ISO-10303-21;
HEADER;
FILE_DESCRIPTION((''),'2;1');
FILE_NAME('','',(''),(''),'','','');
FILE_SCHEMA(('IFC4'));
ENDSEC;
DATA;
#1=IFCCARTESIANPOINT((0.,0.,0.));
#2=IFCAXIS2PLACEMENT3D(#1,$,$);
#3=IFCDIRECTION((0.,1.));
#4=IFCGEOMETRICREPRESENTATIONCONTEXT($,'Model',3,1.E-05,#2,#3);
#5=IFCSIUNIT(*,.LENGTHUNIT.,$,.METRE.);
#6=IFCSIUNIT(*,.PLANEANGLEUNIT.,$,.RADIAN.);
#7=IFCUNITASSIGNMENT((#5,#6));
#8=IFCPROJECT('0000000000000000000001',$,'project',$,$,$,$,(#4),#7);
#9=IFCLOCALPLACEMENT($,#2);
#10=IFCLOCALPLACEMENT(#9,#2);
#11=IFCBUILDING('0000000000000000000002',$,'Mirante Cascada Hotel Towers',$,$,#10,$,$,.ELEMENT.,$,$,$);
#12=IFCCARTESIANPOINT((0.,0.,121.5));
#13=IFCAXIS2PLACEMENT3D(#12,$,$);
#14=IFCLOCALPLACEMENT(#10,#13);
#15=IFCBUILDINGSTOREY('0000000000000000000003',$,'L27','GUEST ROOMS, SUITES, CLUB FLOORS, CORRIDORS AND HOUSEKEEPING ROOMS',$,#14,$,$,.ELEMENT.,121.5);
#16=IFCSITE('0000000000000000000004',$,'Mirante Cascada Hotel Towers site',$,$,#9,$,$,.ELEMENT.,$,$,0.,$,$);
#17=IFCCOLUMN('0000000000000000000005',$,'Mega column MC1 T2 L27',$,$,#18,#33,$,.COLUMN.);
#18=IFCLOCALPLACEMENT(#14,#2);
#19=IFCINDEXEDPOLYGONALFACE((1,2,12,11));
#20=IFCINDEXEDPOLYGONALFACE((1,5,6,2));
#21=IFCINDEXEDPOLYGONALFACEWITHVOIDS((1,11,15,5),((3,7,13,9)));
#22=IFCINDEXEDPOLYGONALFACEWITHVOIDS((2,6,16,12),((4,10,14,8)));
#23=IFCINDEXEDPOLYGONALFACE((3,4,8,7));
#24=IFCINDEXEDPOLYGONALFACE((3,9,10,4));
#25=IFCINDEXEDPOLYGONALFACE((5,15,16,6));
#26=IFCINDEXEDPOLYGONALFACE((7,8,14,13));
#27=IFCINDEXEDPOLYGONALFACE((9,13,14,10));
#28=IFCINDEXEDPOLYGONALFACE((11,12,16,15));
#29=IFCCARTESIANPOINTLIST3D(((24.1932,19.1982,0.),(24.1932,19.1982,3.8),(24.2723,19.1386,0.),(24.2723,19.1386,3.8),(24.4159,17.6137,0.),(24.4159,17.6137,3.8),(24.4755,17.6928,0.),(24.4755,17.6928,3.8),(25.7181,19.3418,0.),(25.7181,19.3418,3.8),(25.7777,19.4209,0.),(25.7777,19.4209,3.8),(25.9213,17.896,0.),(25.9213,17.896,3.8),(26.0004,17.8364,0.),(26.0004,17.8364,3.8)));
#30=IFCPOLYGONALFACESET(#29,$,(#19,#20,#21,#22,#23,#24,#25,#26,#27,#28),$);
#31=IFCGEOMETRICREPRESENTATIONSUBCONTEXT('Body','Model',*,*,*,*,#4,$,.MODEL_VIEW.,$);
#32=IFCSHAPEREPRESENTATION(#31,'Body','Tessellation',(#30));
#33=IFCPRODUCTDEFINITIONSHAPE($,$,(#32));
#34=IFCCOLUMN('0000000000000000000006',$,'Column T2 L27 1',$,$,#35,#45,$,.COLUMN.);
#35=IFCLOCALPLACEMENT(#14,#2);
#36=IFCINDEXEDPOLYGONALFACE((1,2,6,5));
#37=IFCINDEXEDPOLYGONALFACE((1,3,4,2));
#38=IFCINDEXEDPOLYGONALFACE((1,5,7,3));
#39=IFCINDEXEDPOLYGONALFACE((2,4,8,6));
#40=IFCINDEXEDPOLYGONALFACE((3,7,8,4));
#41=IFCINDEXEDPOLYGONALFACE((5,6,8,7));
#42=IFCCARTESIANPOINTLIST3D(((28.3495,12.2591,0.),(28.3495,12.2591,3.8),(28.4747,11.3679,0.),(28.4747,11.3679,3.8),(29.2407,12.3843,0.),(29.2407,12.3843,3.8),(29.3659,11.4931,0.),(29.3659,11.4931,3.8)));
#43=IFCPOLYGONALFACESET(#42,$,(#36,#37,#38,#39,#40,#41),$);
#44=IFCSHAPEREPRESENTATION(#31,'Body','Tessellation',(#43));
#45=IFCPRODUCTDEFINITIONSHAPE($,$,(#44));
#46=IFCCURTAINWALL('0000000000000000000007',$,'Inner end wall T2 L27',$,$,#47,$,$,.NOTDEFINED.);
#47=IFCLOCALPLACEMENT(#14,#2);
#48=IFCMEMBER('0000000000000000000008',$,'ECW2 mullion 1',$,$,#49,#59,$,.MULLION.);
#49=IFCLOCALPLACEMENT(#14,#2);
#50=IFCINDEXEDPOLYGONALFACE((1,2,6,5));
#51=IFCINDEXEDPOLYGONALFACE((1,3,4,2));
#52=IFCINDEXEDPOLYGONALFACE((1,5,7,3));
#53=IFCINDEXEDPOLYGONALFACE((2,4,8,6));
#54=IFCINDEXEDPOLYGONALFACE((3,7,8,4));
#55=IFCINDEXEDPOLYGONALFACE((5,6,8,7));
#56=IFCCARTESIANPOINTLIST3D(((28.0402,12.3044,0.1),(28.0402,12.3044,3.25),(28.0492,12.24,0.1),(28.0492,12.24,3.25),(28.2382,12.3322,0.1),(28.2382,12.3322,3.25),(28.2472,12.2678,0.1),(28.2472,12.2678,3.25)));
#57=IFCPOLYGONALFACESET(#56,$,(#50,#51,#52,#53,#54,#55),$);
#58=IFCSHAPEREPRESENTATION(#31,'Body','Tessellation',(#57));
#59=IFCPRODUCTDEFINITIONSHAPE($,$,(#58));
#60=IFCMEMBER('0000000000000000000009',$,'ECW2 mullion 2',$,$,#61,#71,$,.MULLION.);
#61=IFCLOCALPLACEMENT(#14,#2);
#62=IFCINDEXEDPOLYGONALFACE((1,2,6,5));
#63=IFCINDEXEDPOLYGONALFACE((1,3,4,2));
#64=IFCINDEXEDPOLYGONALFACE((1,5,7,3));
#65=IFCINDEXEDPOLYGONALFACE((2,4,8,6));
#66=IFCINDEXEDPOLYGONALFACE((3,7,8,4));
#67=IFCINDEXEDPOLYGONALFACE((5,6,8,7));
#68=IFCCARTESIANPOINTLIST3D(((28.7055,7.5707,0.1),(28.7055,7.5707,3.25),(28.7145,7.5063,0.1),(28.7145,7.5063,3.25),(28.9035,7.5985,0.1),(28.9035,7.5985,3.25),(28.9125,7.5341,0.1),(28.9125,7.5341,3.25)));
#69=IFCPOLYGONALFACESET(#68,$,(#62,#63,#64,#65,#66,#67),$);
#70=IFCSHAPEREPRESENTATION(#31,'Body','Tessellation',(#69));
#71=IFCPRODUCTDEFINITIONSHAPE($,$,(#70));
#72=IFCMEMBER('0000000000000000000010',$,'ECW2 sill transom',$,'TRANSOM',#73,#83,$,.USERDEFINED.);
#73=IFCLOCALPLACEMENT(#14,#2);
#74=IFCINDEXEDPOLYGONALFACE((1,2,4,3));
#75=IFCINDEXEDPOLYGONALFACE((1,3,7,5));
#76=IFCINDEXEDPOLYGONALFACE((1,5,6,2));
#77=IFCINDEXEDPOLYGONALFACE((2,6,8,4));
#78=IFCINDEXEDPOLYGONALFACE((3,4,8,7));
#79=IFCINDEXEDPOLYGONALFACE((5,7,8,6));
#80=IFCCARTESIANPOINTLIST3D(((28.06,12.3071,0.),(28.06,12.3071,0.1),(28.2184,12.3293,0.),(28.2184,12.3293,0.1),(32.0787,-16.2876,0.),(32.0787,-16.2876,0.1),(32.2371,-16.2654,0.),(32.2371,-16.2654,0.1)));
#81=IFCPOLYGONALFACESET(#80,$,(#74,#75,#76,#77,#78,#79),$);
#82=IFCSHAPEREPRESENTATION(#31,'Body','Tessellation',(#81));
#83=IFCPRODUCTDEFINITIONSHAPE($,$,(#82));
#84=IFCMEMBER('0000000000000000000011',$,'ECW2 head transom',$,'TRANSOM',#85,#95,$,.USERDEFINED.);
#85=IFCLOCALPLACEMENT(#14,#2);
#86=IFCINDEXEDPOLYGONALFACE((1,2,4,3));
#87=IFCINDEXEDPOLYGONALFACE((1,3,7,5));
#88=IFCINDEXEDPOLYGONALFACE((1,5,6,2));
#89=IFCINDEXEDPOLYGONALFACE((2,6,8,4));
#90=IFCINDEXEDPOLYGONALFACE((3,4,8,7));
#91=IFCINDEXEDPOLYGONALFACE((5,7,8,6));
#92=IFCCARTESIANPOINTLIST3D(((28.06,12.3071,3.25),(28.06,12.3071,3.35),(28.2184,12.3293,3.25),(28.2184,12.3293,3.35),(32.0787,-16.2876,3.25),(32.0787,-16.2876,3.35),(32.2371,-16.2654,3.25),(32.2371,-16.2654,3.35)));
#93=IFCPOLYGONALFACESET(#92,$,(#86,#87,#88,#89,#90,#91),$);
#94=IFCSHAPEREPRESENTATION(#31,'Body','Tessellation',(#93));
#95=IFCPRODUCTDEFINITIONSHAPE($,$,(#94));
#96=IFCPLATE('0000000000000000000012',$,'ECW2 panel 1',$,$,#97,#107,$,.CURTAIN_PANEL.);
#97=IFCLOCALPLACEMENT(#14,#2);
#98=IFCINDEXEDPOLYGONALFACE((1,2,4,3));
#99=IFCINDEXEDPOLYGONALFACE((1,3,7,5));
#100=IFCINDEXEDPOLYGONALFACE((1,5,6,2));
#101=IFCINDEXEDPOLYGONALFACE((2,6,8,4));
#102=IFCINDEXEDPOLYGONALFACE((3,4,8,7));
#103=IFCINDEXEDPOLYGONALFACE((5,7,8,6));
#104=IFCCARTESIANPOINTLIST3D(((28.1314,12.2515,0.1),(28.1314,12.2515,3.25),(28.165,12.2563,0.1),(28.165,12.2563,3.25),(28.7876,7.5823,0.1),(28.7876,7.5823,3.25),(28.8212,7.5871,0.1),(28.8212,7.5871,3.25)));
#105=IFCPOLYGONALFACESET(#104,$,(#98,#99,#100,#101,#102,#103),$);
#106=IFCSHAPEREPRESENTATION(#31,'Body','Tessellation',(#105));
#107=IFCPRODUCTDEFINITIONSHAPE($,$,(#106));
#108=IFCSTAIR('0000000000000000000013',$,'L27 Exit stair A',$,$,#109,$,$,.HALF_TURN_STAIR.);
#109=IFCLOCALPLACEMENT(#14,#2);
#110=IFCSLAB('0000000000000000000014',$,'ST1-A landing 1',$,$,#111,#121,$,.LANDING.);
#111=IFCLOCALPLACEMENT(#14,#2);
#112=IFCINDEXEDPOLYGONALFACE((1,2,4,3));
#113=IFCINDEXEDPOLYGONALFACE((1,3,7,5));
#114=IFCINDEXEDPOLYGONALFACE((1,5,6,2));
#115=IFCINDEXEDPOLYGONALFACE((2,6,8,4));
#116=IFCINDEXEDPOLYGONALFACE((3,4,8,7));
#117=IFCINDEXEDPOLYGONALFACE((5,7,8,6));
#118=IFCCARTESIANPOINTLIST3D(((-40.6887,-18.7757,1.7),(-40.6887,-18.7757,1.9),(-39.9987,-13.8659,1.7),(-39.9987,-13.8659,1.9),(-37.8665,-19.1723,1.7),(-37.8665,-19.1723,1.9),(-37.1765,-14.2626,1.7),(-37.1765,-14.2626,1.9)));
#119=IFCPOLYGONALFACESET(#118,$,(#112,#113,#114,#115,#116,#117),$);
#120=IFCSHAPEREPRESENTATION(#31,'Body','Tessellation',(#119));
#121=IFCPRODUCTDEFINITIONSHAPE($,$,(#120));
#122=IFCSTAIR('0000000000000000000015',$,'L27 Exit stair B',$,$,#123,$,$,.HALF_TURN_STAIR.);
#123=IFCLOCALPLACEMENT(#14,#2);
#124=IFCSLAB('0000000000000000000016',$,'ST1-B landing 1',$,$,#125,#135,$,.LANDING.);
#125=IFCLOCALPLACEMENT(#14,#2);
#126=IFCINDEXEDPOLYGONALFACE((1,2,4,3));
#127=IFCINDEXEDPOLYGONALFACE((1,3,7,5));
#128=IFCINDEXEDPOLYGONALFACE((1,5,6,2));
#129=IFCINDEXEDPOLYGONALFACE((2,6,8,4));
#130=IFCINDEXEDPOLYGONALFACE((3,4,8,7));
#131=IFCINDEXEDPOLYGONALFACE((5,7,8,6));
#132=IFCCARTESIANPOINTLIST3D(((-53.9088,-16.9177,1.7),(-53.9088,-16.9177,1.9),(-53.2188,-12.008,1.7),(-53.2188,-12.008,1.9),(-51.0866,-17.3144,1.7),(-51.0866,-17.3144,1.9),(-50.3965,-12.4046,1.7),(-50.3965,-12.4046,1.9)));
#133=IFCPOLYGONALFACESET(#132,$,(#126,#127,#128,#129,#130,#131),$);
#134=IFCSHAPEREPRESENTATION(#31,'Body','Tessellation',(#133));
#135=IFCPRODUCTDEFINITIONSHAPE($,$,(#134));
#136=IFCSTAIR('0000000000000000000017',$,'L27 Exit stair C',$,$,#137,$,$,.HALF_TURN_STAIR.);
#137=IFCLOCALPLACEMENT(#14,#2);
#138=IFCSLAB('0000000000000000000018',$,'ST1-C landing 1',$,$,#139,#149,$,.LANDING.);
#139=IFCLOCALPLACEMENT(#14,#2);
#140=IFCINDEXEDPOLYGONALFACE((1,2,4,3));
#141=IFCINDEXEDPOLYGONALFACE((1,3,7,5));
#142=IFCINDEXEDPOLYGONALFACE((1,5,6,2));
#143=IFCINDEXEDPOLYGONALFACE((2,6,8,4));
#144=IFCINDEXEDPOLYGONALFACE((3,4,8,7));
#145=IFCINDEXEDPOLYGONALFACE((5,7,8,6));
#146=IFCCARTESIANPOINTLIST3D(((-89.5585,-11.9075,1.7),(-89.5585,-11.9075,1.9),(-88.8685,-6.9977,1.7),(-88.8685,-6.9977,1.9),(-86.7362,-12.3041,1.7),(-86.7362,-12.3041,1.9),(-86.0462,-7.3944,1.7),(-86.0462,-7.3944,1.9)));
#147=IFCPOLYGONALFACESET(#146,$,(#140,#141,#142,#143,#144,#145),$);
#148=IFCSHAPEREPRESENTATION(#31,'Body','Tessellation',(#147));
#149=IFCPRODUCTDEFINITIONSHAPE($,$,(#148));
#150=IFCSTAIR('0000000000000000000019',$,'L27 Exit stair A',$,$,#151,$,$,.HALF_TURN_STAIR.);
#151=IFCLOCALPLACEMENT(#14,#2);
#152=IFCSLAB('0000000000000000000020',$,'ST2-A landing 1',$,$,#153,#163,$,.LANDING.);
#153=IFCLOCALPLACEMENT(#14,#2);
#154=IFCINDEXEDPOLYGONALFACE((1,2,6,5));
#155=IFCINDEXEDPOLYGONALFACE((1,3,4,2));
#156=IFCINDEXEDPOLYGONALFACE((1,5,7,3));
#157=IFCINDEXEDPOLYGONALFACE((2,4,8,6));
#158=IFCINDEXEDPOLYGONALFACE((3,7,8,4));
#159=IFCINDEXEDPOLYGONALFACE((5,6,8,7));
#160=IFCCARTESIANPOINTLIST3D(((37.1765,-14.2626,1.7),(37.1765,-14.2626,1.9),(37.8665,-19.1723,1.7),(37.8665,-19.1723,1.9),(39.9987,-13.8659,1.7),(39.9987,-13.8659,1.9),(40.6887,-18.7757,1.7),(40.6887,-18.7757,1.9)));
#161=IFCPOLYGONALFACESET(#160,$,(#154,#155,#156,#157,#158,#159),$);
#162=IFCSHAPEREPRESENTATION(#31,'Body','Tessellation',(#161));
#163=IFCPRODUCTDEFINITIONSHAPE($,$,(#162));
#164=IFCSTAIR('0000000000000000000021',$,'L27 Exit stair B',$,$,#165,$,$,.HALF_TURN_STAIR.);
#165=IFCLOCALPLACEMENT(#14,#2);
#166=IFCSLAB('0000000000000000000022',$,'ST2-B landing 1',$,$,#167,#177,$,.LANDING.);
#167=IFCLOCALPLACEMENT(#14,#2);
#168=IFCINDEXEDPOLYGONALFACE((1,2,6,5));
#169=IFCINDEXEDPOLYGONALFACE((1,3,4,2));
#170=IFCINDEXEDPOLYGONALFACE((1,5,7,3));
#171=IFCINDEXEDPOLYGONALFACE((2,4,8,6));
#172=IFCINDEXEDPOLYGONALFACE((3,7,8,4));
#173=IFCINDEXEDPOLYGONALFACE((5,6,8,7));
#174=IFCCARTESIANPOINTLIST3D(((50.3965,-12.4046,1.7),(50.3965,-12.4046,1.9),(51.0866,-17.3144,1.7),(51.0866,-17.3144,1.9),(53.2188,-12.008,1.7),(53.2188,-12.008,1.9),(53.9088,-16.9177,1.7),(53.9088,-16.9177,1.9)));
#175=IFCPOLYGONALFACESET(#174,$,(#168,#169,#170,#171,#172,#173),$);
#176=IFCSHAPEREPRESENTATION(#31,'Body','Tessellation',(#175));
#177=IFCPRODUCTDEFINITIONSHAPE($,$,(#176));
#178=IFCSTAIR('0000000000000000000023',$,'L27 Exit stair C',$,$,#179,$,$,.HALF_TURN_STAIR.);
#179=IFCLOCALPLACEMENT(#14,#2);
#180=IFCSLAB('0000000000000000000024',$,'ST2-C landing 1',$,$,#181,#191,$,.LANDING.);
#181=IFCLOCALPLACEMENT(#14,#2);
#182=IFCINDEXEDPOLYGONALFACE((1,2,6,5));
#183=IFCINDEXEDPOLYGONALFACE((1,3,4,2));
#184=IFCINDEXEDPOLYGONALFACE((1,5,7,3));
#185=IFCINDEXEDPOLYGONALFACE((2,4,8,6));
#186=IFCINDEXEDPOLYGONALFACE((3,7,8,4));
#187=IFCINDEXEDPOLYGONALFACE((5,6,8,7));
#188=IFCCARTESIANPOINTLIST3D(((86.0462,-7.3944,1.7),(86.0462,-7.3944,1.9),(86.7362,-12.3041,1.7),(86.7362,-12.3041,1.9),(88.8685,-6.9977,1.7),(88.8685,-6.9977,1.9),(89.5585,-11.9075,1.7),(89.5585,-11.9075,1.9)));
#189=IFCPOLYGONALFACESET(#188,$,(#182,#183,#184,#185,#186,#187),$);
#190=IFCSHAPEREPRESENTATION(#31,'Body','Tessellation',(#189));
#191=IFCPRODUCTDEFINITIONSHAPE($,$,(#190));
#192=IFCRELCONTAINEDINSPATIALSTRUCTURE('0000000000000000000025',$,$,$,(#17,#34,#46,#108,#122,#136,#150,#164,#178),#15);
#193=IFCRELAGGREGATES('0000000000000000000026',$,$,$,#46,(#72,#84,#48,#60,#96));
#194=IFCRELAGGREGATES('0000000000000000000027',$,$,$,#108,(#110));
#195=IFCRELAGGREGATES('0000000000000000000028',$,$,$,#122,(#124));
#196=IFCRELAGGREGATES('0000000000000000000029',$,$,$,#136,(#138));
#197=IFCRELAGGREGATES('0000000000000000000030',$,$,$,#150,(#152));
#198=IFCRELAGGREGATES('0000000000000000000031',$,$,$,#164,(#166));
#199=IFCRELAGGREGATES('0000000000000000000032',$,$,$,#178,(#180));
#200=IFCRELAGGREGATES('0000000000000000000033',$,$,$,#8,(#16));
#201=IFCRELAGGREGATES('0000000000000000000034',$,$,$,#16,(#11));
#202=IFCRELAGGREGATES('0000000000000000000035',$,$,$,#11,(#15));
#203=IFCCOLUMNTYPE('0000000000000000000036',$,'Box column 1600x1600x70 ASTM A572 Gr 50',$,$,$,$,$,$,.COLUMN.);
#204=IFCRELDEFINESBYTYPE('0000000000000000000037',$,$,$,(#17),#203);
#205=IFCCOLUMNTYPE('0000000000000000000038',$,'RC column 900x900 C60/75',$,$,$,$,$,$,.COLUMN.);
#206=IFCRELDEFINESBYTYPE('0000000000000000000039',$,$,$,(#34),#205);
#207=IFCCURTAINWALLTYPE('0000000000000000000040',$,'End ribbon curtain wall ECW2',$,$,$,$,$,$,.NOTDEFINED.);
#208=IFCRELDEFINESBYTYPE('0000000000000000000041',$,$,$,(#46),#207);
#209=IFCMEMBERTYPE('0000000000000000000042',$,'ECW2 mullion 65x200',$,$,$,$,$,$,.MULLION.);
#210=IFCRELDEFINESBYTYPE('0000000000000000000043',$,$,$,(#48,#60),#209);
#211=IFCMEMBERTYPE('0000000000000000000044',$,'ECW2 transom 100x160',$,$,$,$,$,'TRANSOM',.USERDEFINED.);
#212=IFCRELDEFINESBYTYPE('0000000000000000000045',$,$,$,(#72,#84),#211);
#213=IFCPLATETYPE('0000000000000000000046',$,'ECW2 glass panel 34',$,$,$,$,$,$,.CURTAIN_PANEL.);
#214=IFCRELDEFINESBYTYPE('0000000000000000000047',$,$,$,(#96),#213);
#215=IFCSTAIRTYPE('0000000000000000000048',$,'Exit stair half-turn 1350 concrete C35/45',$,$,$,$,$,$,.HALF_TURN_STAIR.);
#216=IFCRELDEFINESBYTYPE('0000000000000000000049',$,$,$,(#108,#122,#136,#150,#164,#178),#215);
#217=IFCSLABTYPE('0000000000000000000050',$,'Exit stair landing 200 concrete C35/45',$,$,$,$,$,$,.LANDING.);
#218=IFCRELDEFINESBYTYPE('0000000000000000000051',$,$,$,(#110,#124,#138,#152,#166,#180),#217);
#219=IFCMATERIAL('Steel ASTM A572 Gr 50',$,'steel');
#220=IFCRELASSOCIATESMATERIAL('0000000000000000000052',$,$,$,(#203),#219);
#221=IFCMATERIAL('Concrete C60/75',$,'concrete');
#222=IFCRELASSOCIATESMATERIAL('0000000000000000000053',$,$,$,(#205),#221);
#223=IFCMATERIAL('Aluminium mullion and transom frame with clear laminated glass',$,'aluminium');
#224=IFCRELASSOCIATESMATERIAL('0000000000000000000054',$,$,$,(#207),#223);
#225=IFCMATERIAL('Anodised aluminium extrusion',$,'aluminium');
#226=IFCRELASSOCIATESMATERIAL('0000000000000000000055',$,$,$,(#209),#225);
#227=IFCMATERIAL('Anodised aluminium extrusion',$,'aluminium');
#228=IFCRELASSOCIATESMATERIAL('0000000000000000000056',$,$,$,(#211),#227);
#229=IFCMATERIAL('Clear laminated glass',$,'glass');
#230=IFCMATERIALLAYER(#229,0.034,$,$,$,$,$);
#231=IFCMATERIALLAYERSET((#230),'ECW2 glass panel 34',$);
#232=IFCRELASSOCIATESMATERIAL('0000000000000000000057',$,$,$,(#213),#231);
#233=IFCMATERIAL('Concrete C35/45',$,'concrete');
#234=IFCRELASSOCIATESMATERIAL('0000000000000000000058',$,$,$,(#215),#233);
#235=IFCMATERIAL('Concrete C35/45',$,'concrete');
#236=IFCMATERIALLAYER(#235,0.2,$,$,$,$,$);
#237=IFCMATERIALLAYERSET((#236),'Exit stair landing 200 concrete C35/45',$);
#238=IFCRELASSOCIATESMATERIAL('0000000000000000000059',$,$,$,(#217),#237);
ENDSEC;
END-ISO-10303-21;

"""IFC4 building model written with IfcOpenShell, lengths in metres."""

from ifc_helpers import new_model, si_unit, direction, frame, origin, origin_2d, place, context, subcontext, project, spatial, polyline, rectangle, hollow_rectangle, outline, extrude, material, layer, layer_set, material_profile, profile_set, type_object, element, aggregate, save


model = new_model("IFC4")

# Units and contexts
model_context = context("Model", 3, precision=1e-05, world=origin(), true_north=direction((0.0, 1.0)))
body_context = subcontext(model_context, "Body", "Model", "MODEL_VIEW")
ifc_project = project(units=[si_unit("LENGTHUNIT", "METRE"), si_unit("PLANEANGLEUNIT", "RADIAN")], contexts=[model_context])

# Site, building, storey
site_placement = place(None, origin())
site = spatial("IfcSite", under=ifc_project, at=site_placement, Name="Mirante Cascada Hotel Towers site", CompositionType="ELEMENT", RefElevation=0.0)
building_placement = place(site_placement, origin())
building = spatial("IfcBuilding", under=site, at=building_placement, Name="Mirante Cascada Hotel Towers", CompositionType="ELEMENT")
storey_placement = place(building_placement, frame((0.0, 0.0, 121.5)))
storey = spatial("IfcBuildingStorey", under=building, at=storey_placement, Name="L27", Description="GUEST ROOMS, SUITES, CLUB FLOORS, CORRIDORS AND HOUSEKEEPING ROOMS", CompositionType="ELEMENT", Elevation=121.5)

# Columns
ifc_material_1 = material(Name="Steel ASTM A572 Gr 50", Category="steel")
ifc_material_profile_1 = material_profile(ifc_material_1, hollow_rectangle(XDim=1.6, YDim=1.6, WallThickness=0.07, at=origin_2d()), Name="Box column 1600x1600x70 ASTM A572 Gr 50")
ifc_profile_set_1 = profile_set([ifc_material_profile_1], Name="Steel ASTM A572 Gr 50")
column_type_1 = type_object("IfcColumnType", Name="Box column 1600x1600x70 ASTM A572 Gr 50", PredefinedType="COLUMN", material=ifc_profile_set_1)
column_1_placement = place(storey_placement, frame((25.0968, 18.5173, 0.0), z_axis=(0.0, 0.0, 1.0), x_axis=(0.990268, 0.139173, 0.0)))
element("IfcColumn", 1, at=column_1_placement, inside=storey, type_object=column_type_1, Name="Mega column MC1 T2 L27", PredefinedType="COLUMN", context=body_context, shape_type="SweptSolid", body=[
    extrude(hollow_rectangle(XDim=1.6, YDim=1.6, WallThickness=0.07, at=origin_2d()), origin(), (0.0, 0.0, 1.0), 3.8),
])
ifc_material_2 = material(Name="Concrete C60/75", Category="concrete")
ifc_material_profile_2 = material_profile(ifc_material_2, rectangle(XDim=0.9, YDim=0.9, at=origin_2d()), Name="RC column 900x900 C60/75")
ifc_profile_set_2 = profile_set([ifc_material_profile_2], Name="Concrete C60/75")
column_type_2 = type_object("IfcColumnType", Name="RC column 900x900 C60/75", PredefinedType="COLUMN", material=ifc_profile_set_2)
column_2_placement = place(storey_placement, frame((28.8577, 11.8761, 0.0), z_axis=(0.0, 0.0, 1.0), x_axis=(0.990268, 0.139173, 0.0)))
element("IfcColumn", 2, at=column_2_placement, inside=storey, type_object=column_type_2, Name="Column T2 L27 1", PredefinedType="COLUMN", context=body_context, shape_type="SweptSolid", body=[
    extrude(rectangle(XDim=0.9, YDim=0.9, at=origin_2d()), origin(), (0.0, 0.0, 1.0), 3.8),
])

# Curtain wall, members, plate
ifc_material_3 = material(Name="Aluminium mullion and transom frame with clear laminated glass", Category="aluminium")
curtain_wall_type = type_object("IfcCurtainWallType", Name="End ribbon curtain wall ECW2", PredefinedType="NOTDEFINED", material=ifc_material_3)
curtain_wall_placement = place(storey_placement, origin())
curtain_wall = element("IfcCurtainWall", 3, at=curtain_wall_placement, inside=storey, type_object=curtain_wall_type, Name="Inner end wall T2 L27", PredefinedType="NOTDEFINED")
ifc_material_4 = material(Name="Anodised aluminium extrusion", Category="aluminium")
ifc_material_profile_3 = material_profile(ifc_material_4, rectangle(XDim=0.2, YDim=0.065, at=origin_2d()), Name="ECW2 MULLION 65x200")
ifc_profile_set_3 = profile_set([ifc_material_profile_3], Name="Anodised aluminium extrusion")
member_type_1 = type_object("IfcMemberType", Name="ECW2 mullion 65x200", PredefinedType="MULLION", material=ifc_profile_set_3)
member_1_placement = place(storey_placement, frame((28.1437, 12.2861, 0.1), z_axis=(0.0, 0.0, 1.0), x_axis=(0.990268, 0.139173, 0.0)))
member_1 = element("IfcMember", 4, at=member_1_placement, type_object=member_type_1, Name="ECW2 mullion 1", PredefinedType="MULLION", context=body_context, shape_type="SweptSolid", body=[
    extrude(rectangle(XDim=0.2, YDim=0.065, at=origin_2d()), origin(), (0.0, 0.0, 1.0), 3.15),
])
member_2_placement = place(storey_placement, frame((28.809, 7.5524, 0.1), z_axis=(0.0, 0.0, 1.0), x_axis=(0.990268, 0.139173, 0.0)))
member_2 = element("IfcMember", 5, at=member_2_placement, type_object=member_type_1, Name="ECW2 mullion 2", PredefinedType="MULLION", context=body_context, shape_type="SweptSolid", body=[
    extrude(rectangle(XDim=0.2, YDim=0.065, at=origin_2d()), origin(), (0.0, 0.0, 1.0), 3.15),
])
ifc_material_5 = material(Name="Anodised aluminium extrusion", Category="aluminium")
ifc_material_profile_4 = material_profile(ifc_material_5, rectangle(XDim=0.16, YDim=0.1, at=origin_2d()), Name="ECW2 TRANSOM 100x160")
ifc_profile_set_4 = profile_set([ifc_material_profile_4], Name="Anodised aluminium extrusion")
member_type_2 = type_object("IfcMemberType", Name="ECW2 transom 100x160", ElementType="TRANSOM", PredefinedType="USERDEFINED", material=ifc_profile_set_4)
member_3_placement = place(storey_placement, frame((28.1392, 12.3182, 0.05), z_axis=(0.139172, -0.990268, 0.0), x_axis=(0.990268, 0.139172, 0.0)))
member_3 = element("IfcMember", 6, at=member_3_placement, type_object=member_type_2, Name="ECW2 sill transom", ObjectType="TRANSOM", PredefinedType="USERDEFINED", context=body_context, shape_type="SweptSolid", body=[
    extrude(rectangle(XDim=0.16, YDim=0.1, at=origin_2d()), origin(), (0.0, 0.0, 1.0), 28.8757),
])
member_4_placement = place(storey_placement, frame((28.1392, 12.3182, 3.3), z_axis=(0.139172, -0.990268, 0.0), x_axis=(0.990268, 0.139172, 0.0)))
member_4 = element("IfcMember", 7, at=member_4_placement, type_object=member_type_2, Name="ECW2 head transom", ObjectType="TRANSOM", PredefinedType="USERDEFINED", context=body_context, shape_type="SweptSolid", body=[
    extrude(rectangle(XDim=0.16, YDim=0.1, at=origin_2d()), origin(), (0.0, 0.0, 1.0), 28.8757),
])
ifc_material_6 = material(Name="Clear laminated glass", Category="glass")
ifc_layer_1 = layer(ifc_material_6, 0.034)
ifc_layer_set_1 = layer_set([ifc_layer_1], Name="ECW2 glass panel 34")
plate_type = type_object("IfcPlateType", Name="ECW2 glass panel 34", PredefinedType="CURTAIN_PANEL", material=ifc_layer_set_1)
plate_placement = place(storey_placement, frame((28.4763, 9.9193, 0.1), z_axis=(0.0, 0.0, 1.0), x_axis=(0.139173, -0.990268, 0.0)))
plate = element("IfcPlate", 8, at=plate_placement, type_object=plate_type, Name="ECW2 panel 1", PredefinedType="CURTAIN_PANEL", context=body_context, shape_type="SweptSolid", body=[
    extrude(rectangle(XDim=4.7151, YDim=0.034, at=origin_2d()), origin(), (0.0, 0.0, 1.0), 3.15),
])
aggregate(curtain_wall, [member_3, member_4, member_1, member_2, plate])

# Stairs, slabs
ifc_material_7 = material(Name="Concrete C35/45", Category="concrete")
stair_type = type_object("IfcStairType", Name="Exit stair half-turn 1350 concrete C35/45", PredefinedType="HALF_TURN_STAIR", material=ifc_material_7)
stair_1_placement = place(storey_placement, origin())
stair_1 = element("IfcStair", 9, at=stair_1_placement, inside=storey, type_object=stair_type, Name="L27 Exit stair A", PredefinedType="HALF_TURN_STAIR")
ifc_material_8 = material(Name="Concrete C35/45", Category="concrete")
ifc_layer_2 = layer(ifc_material_8, 0.2)
ifc_layer_set_2 = layer_set([ifc_layer_2], Name="Exit stair landing 200 concrete C35/45")
slab_type = type_object("IfcSlabType", Name="Exit stair landing 200 concrete C35/45", PredefinedType="LANDING", material=ifc_layer_set_2)
slab_1_placement = place(storey_placement, frame((0.0, 0.0, 1.7)))
slab_1 = element("IfcSlab", 10, at=slab_1_placement, type_object=slab_type, Name="ST1-A landing 1", PredefinedType="LANDING", context=body_context, shape_type="SweptSolid", body=[
    extrude(outline(polyline([(-39.9987, -13.8659), (-40.6887, -18.7757), (-37.8665, -19.1723), (-37.1765, -14.2626), (-39.9987, -13.8659)])), origin(), (0.0, 0.0, 1.0), 0.2),
])
aggregate(stair_1, [slab_1])
stair_2_placement = place(storey_placement, origin())
stair_2 = element("IfcStair", 11, at=stair_2_placement, inside=storey, type_object=stair_type, Name="L27 Exit stair B", PredefinedType="HALF_TURN_STAIR")
slab_2_placement = place(storey_placement, frame((0.0, 0.0, 1.7)))
slab_2 = element("IfcSlab", 12, at=slab_2_placement, type_object=slab_type, Name="ST1-B landing 1", PredefinedType="LANDING", context=body_context, shape_type="SweptSolid", body=[
    extrude(outline(polyline([(-53.2188, -12.008), (-53.9088, -16.9177), (-51.0866, -17.3144), (-50.3965, -12.4046), (-53.2188, -12.008)])), origin(), (0.0, 0.0, 1.0), 0.2),
])
aggregate(stair_2, [slab_2])
stair_3_placement = place(storey_placement, origin())
stair_3 = element("IfcStair", 13, at=stair_3_placement, inside=storey, type_object=stair_type, Name="L27 Exit stair C", PredefinedType="HALF_TURN_STAIR")
slab_3_placement = place(storey_placement, frame((0.0, 0.0, 1.7)))
slab_3 = element("IfcSlab", 14, at=slab_3_placement, type_object=slab_type, Name="ST1-C landing 1", PredefinedType="LANDING", context=body_context, shape_type="SweptSolid", body=[
    extrude(outline(polyline([(-88.8685, -6.9977), (-89.5585, -11.9075), (-86.7362, -12.3041), (-86.0462, -7.3944), (-88.8685, -6.9977)])), origin(), (0.0, 0.0, 1.0), 0.2),
])
aggregate(stair_3, [slab_3])
stair_4_placement = place(storey_placement, origin())
stair_4 = element("IfcStair", 15, at=stair_4_placement, inside=storey, type_object=stair_type, Name="L27 Exit stair A", PredefinedType="HALF_TURN_STAIR")
slab_4_placement = place(storey_placement, frame((0.0, 0.0, 1.7)))
slab_4 = element("IfcSlab", 16, at=slab_4_placement, type_object=slab_type, Name="ST2-A landing 1", PredefinedType="LANDING", context=body_context, shape_type="SweptSolid", body=[
    extrude(outline(polyline([(37.1765, -14.2626), (37.8665, -19.1723), (40.6887, -18.7757), (39.9987, -13.8659), (37.1765, -14.2626)])), origin(), (0.0, 0.0, 1.0), 0.2),
])
aggregate(stair_4, [slab_4])
stair_5_placement = place(storey_placement, origin())
stair_5 = element("IfcStair", 17, at=stair_5_placement, inside=storey, type_object=stair_type, Name="L27 Exit stair B", PredefinedType="HALF_TURN_STAIR")
slab_5_placement = place(storey_placement, frame((0.0, 0.0, 1.7)))
slab_5 = element("IfcSlab", 18, at=slab_5_placement, type_object=slab_type, Name="ST2-B landing 1", PredefinedType="LANDING", context=body_context, shape_type="SweptSolid", body=[
    extrude(outline(polyline([(50.3965, -12.4046), (51.0866, -17.3144), (53.9088, -16.9177), (53.2188, -12.008), (50.3965, -12.4046)])), origin(), (0.0, 0.0, 1.0), 0.2),
])
aggregate(stair_5, [slab_5])
stair_6_placement = place(storey_placement, origin())
stair_6 = element("IfcStair", 19, at=stair_6_placement, inside=storey, type_object=stair_type, Name="L27 Exit stair C", PredefinedType="HALF_TURN_STAIR")
slab_6_placement = place(storey_placement, frame((0.0, 0.0, 1.7)))
slab_6 = element("IfcSlab", 20, at=slab_6_placement, type_object=slab_type, Name="ST2-C landing 1", PredefinedType="LANDING", context=body_context, shape_type="SweptSolid", body=[
    extrude(outline(polyline([(86.0462, -7.3944), (86.7362, -12.3041), (89.5585, -11.9075), (88.8685, -6.9977), (86.0462, -7.3944)])), origin(), (0.0, 0.0, 1.0), 0.2),
])
aggregate(stair_6, [slab_6])

save(model, "model.ifc")
